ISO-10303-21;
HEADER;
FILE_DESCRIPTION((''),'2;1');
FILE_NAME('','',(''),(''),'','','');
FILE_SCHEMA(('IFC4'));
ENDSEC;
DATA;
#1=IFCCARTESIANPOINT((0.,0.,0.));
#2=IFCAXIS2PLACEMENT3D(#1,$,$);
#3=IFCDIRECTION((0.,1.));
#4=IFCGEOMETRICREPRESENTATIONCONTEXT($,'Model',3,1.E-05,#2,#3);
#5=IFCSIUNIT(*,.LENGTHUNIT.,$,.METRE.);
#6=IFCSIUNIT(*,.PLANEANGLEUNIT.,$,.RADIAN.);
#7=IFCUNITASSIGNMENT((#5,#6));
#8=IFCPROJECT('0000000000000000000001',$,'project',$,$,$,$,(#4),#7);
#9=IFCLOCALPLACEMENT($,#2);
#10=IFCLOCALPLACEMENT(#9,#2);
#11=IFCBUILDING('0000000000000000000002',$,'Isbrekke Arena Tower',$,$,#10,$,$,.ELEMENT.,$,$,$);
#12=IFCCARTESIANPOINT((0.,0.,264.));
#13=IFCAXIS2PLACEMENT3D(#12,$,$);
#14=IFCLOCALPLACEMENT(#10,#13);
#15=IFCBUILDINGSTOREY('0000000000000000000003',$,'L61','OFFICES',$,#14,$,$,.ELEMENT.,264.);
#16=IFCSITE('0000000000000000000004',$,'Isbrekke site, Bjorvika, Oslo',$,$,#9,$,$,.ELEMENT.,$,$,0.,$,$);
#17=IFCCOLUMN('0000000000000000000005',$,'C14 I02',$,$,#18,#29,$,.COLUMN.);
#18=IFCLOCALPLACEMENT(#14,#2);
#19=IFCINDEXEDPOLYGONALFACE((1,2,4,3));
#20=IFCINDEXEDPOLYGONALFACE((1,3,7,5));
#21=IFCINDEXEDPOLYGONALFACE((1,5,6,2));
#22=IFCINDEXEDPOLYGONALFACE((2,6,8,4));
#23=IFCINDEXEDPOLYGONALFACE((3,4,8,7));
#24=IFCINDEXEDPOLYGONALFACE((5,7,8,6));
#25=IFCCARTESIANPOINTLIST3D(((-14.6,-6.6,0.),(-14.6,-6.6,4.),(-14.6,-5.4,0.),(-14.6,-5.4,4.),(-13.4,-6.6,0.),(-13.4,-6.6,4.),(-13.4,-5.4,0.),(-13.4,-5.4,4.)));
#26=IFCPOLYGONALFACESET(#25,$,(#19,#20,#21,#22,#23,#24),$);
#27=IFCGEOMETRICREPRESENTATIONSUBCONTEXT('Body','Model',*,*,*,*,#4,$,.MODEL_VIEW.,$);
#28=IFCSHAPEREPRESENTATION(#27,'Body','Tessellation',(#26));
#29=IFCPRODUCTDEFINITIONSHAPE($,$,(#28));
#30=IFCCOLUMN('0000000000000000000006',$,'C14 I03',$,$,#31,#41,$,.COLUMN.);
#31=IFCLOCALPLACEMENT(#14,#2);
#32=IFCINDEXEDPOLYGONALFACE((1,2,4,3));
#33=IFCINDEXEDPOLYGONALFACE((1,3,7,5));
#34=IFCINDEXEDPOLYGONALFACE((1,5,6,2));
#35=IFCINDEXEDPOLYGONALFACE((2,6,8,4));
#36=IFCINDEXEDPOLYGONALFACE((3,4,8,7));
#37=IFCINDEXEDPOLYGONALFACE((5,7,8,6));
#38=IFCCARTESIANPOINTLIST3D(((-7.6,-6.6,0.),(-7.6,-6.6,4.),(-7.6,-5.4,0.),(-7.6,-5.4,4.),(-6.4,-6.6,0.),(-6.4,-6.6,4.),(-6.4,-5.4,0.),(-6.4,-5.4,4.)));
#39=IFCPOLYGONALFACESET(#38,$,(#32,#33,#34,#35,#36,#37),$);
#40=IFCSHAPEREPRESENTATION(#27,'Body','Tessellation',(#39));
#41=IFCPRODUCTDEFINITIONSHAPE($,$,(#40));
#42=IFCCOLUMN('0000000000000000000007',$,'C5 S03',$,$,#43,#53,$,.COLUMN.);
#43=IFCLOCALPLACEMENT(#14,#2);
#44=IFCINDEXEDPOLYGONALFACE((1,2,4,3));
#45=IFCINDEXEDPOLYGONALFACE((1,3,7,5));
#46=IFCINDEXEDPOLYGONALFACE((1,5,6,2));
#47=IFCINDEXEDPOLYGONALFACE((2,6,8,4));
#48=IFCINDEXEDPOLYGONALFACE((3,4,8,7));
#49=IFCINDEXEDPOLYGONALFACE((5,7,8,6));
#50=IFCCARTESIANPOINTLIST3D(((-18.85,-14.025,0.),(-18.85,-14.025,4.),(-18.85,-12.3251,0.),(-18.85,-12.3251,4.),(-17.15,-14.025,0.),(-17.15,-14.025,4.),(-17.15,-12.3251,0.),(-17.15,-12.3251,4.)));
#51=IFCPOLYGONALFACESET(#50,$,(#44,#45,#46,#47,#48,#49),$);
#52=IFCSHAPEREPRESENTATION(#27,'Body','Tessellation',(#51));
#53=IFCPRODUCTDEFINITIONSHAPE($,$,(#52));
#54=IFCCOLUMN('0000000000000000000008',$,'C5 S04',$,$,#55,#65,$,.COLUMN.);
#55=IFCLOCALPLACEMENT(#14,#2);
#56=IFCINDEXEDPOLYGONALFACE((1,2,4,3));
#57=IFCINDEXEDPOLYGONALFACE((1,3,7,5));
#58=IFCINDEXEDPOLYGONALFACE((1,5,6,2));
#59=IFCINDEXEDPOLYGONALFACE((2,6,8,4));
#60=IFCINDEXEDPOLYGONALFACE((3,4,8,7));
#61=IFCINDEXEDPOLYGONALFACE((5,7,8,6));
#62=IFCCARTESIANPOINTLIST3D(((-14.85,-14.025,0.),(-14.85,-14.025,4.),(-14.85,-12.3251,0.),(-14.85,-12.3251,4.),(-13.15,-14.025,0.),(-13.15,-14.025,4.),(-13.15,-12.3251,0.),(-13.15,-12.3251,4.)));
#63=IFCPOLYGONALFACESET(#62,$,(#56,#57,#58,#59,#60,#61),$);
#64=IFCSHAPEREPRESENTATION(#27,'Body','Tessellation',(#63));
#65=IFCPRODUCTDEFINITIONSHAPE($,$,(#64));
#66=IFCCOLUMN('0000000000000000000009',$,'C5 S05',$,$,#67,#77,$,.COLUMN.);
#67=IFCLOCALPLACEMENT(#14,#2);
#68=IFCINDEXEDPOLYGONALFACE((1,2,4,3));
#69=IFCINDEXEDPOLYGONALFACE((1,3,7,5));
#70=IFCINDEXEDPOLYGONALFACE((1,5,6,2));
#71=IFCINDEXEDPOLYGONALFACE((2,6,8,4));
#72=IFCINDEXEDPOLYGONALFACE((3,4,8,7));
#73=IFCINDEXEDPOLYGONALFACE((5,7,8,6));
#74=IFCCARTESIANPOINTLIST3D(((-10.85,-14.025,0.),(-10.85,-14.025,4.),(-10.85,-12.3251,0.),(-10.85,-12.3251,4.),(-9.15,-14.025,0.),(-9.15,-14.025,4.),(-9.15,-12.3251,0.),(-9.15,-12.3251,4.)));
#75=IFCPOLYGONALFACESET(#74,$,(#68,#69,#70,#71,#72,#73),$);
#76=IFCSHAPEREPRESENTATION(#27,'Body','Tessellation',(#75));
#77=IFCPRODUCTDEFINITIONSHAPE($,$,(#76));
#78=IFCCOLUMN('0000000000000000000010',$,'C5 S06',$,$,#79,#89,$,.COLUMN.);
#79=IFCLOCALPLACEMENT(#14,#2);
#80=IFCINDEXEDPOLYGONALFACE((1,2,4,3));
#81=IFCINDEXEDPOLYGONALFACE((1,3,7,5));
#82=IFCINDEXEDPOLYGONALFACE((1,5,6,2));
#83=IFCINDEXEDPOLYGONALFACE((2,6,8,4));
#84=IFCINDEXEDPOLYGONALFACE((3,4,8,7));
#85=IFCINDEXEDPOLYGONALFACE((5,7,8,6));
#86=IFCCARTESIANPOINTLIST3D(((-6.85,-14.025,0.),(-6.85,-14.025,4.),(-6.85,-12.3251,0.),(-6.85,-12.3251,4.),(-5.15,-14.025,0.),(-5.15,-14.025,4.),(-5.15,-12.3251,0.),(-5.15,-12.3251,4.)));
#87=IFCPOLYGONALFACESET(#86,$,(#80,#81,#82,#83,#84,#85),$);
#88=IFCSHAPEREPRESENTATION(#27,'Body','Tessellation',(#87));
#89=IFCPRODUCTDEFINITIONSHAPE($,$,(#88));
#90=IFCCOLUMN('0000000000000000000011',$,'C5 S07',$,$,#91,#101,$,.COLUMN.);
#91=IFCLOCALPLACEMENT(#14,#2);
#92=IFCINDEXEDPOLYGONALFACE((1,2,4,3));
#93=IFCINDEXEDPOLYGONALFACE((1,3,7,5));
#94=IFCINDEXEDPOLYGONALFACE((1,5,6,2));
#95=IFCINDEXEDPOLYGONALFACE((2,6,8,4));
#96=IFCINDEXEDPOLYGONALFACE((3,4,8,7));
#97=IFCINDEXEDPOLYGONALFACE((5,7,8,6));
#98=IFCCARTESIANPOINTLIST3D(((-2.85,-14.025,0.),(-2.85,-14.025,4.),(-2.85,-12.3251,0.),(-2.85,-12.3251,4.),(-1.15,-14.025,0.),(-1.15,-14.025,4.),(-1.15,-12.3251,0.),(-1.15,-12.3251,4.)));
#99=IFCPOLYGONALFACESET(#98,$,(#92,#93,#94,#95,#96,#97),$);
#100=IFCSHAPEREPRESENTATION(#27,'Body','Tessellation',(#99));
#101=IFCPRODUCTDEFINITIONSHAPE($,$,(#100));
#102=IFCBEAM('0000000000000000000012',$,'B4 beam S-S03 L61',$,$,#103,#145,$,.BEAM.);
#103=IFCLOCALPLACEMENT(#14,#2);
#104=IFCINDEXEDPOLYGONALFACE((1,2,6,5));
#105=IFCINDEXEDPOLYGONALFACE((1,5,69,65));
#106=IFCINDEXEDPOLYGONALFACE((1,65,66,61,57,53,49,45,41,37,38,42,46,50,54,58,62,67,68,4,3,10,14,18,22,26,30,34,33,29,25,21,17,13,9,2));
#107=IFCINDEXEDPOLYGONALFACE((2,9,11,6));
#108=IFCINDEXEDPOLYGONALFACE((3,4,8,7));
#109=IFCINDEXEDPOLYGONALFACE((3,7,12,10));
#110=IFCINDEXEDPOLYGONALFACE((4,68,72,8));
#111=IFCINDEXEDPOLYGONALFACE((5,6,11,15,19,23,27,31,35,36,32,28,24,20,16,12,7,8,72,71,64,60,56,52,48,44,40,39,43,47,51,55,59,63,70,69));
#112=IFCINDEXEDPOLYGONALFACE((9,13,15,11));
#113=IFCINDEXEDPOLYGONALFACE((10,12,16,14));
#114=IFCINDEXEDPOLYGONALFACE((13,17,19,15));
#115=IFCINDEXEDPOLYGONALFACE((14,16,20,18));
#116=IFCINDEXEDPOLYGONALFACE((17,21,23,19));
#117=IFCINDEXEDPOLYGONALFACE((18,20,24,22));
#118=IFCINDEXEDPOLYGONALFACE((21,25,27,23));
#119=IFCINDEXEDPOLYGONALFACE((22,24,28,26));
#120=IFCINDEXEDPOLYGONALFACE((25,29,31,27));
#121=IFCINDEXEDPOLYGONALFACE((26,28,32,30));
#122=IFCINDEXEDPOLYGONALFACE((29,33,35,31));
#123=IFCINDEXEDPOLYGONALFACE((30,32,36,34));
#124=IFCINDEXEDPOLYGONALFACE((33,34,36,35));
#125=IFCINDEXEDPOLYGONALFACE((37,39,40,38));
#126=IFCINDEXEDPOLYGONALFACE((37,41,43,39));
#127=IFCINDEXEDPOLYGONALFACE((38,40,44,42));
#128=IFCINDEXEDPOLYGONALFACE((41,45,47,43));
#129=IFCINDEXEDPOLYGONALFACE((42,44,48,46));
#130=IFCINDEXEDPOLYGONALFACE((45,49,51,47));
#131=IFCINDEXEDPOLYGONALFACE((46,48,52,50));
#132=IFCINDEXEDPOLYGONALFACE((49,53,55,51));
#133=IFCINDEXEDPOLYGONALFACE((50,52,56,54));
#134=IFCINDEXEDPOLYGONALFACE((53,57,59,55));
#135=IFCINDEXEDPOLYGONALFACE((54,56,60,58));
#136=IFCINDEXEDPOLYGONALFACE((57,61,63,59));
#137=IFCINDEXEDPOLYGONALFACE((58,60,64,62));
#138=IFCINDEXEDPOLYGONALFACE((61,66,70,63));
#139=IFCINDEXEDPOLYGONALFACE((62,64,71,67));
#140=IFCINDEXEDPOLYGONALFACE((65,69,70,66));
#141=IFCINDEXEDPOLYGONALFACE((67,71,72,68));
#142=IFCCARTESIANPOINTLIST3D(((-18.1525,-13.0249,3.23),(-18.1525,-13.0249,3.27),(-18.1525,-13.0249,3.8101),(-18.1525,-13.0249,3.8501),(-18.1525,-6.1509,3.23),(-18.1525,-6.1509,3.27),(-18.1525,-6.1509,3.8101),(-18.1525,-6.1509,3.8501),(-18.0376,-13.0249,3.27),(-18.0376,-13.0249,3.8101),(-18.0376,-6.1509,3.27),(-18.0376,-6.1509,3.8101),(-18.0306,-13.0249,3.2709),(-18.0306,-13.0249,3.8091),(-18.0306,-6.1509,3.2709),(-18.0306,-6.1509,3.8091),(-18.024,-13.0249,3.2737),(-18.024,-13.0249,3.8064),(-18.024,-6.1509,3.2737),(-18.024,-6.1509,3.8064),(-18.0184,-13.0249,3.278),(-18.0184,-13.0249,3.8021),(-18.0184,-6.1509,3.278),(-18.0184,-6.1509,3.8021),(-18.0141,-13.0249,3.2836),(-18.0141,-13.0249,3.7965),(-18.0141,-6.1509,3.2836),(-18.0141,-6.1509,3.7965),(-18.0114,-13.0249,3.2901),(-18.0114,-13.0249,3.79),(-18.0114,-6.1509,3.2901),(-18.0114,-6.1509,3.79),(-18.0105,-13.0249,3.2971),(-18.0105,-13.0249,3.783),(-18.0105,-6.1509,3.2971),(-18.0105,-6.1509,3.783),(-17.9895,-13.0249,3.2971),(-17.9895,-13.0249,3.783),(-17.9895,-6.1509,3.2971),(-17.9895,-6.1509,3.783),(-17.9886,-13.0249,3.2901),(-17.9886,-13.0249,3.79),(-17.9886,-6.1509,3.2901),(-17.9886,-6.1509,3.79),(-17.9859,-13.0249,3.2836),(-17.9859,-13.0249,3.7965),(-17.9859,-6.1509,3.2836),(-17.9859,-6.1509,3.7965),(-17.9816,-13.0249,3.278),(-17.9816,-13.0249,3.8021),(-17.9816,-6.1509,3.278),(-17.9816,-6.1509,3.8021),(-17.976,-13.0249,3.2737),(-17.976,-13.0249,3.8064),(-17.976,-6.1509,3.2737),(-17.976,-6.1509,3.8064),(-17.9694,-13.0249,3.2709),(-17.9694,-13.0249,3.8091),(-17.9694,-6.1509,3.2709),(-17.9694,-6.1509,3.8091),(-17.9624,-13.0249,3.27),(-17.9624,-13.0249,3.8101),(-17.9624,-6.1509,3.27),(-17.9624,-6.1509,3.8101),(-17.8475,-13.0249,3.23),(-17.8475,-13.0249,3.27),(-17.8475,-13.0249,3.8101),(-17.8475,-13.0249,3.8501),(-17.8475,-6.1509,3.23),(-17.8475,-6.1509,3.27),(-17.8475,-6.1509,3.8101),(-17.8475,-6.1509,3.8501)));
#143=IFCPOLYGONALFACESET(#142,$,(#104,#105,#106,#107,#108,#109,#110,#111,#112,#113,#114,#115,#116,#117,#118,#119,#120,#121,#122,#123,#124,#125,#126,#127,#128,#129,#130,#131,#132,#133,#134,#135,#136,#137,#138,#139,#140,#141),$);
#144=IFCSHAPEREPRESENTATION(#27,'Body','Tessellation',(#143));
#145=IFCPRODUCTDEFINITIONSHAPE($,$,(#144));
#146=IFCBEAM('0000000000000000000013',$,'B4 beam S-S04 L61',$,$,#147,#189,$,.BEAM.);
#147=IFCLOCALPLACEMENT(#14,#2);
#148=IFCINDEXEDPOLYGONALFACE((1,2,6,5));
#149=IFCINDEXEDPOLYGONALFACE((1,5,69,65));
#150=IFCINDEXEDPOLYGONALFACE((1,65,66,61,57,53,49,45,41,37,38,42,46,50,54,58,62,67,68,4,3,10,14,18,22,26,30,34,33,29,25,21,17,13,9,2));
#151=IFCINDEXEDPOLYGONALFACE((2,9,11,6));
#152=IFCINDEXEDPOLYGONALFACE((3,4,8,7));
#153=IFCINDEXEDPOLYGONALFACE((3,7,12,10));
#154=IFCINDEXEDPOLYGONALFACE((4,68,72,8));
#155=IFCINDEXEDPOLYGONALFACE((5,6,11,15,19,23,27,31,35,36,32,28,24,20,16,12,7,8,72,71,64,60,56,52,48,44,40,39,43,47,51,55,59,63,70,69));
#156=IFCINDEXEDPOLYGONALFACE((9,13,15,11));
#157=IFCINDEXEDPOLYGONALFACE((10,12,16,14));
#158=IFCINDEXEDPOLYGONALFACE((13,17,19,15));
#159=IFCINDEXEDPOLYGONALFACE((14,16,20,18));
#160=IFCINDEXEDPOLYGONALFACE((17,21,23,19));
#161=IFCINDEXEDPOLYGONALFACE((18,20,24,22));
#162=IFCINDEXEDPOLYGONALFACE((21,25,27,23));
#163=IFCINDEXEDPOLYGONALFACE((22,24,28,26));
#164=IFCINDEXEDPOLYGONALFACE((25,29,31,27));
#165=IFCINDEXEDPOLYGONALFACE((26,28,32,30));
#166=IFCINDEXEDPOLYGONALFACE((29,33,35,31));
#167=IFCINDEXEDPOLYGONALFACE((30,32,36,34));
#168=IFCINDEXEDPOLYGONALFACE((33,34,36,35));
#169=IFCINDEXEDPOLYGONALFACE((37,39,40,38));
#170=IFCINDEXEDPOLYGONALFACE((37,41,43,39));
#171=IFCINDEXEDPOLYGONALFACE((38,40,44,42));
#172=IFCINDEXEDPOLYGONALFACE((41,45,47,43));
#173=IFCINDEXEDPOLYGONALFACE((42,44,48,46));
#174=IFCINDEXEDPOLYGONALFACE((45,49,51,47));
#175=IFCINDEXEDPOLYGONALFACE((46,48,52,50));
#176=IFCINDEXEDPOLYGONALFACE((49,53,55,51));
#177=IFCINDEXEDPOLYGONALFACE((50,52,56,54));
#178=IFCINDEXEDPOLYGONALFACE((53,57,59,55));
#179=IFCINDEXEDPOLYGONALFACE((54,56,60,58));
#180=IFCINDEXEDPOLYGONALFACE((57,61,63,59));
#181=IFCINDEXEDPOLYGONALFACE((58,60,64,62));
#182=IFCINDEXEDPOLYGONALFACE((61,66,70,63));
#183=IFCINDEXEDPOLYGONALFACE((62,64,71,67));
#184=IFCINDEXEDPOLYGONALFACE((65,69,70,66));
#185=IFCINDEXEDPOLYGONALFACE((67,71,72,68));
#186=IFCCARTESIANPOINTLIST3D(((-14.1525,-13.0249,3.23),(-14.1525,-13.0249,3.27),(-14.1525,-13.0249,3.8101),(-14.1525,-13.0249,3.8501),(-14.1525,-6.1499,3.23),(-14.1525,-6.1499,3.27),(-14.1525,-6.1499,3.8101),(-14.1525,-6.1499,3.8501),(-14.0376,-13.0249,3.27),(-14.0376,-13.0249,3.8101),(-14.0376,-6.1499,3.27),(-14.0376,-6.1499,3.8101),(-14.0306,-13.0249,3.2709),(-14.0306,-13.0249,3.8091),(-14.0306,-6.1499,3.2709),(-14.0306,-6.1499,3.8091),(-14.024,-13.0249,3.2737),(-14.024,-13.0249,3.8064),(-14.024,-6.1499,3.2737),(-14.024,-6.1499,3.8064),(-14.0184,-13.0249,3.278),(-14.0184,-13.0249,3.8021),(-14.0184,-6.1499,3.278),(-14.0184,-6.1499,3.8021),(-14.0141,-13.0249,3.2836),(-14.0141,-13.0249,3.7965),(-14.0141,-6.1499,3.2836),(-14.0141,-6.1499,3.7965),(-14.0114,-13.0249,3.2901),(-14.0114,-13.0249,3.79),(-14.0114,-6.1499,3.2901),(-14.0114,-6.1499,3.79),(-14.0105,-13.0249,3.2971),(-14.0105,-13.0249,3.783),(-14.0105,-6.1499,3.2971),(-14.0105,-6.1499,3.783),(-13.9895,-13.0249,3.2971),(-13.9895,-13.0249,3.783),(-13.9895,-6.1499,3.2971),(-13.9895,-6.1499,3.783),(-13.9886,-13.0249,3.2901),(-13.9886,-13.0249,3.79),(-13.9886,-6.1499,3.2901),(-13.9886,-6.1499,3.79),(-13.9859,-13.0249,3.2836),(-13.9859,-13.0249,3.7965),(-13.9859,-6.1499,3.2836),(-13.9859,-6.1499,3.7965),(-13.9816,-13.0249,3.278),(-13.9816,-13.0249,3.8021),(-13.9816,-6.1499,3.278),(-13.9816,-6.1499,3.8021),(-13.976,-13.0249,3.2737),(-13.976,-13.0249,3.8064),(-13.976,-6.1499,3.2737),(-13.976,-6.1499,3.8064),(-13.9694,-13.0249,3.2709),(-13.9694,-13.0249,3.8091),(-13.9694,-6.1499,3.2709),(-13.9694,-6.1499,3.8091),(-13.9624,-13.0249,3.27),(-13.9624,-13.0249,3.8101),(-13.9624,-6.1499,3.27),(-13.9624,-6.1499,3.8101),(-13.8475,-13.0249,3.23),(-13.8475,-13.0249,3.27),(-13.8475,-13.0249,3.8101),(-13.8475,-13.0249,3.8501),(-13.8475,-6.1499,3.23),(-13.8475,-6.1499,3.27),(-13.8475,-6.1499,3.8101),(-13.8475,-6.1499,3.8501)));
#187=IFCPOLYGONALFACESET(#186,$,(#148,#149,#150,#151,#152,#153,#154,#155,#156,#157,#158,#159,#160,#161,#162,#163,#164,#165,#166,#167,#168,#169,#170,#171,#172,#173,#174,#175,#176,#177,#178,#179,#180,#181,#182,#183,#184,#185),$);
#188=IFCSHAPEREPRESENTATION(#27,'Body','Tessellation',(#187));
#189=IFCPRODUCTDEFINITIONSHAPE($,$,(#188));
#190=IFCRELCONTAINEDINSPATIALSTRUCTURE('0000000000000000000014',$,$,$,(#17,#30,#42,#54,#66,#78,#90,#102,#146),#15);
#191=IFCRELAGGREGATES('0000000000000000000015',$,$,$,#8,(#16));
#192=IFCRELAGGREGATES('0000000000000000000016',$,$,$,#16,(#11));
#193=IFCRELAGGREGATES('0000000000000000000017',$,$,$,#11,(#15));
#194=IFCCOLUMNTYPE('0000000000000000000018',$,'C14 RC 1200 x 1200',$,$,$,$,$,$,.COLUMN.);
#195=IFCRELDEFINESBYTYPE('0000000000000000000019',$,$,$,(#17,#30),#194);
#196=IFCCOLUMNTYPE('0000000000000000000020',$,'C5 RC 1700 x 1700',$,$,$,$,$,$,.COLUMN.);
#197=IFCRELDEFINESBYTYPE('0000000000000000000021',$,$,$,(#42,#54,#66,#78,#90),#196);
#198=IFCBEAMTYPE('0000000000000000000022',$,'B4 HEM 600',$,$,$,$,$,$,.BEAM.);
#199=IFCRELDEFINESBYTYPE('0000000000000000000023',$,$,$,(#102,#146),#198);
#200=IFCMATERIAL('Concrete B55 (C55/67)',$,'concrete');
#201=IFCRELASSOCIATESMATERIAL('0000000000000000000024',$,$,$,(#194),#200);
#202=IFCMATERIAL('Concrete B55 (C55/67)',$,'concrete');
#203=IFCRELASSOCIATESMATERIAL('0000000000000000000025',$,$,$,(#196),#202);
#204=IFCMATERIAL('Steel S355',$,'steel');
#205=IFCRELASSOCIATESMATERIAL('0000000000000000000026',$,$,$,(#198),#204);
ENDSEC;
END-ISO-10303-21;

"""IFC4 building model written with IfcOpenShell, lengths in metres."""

from ifc_helpers import new_model, si_unit, direction, frame, origin, origin_2d, place, context, subcontext, project, spatial, rectangle, i_section, extrude, material, material_profile, profile_set, type_object, element, save


model = new_model("IFC4")

# Units and contexts
model_context = context("Model", 3, precision=1e-05, world=origin(), true_north=direction((0.0, 1.0)))
body_context = subcontext(model_context, "Body", "Model", "MODEL_VIEW")
ifc_project = project(units=[si_unit("LENGTHUNIT", "METRE"), si_unit("PLANEANGLEUNIT", "RADIAN")], contexts=[model_context])

# Site, building, storey
site_placement = place(None, origin())
site = spatial("IfcSite", under=ifc_project, at=site_placement, Name="Isbrekke site, Bjorvika, Oslo", CompositionType="ELEMENT", RefElevation=0.0)
building_placement = place(site_placement, origin())
building = spatial("IfcBuilding", under=site, at=building_placement, Name="Isbrekke Arena Tower", CompositionType="ELEMENT")
storey_placement = place(building_placement, frame((0.0, 0.0, 264.0)))
storey = spatial("IfcBuildingStorey", under=building, at=storey_placement, Name="L61", Description="OFFICES", CompositionType="ELEMENT", Elevation=264.0)

# Columns
ifc_material_1 = material(Name="Concrete B55 (C55/67)", Category="concrete")
ifc_material_profile_1 = material_profile(ifc_material_1, rectangle(XDim=1.2, YDim=1.2, at=origin_2d()), Name="RC 1200x1200")
ifc_profile_set_1 = profile_set([ifc_material_profile_1], Name="Concrete B55 (C55/67)")
column_type_1 = type_object("IfcColumnType", Name="C14 RC 1200 x 1200", PredefinedType="COLUMN", material=ifc_profile_set_1)
for number, where, z_axis, x_axis, name in (
    (1, (-14.0, -6.0, 0.0), (0.0, 0.0, 1.0), (1.0, 0.0, 0.0), "C14 I02"),
    (2, (-7.0, -6.0, 0.0), (0.0, 0.0, 1.0), (1.0, 0.0, 0.0), "C14 I03"),
):
    element("IfcColumn", number, at=place(storey_placement, frame(where, z_axis=z_axis, x_axis=x_axis)), inside=storey, type_object=column_type_1, Name=name, PredefinedType="COLUMN", context=body_context, shape_type="SweptSolid", body=[
        extrude(rectangle(XDim=1.2, YDim=1.2, at=origin_2d()), origin(), (0.0, 0.0, 1.0), 4.0),
    ])
ifc_material_2 = material(Name="Concrete B55 (C55/67)", Category="concrete")
ifc_material_profile_2 = material_profile(ifc_material_2, rectangle(XDim=1.7, YDim=1.7, at=origin_2d()), Name="RC 1700x1700")
ifc_profile_set_2 = profile_set([ifc_material_profile_2], Name="Concrete B55 (C55/67)")
column_type_2 = type_object("IfcColumnType", Name="C5 RC 1700 x 1700", PredefinedType="COLUMN", material=ifc_profile_set_2)
for number, where, z_axis, x_axis, name in (
    (3, (-18.0, -13.175, 0.0), (0.0, 0.0, 1.0), (1.0, 0.0, 0.0), "C5 S03"),
    (4, (-14.0, -13.175, 0.0), (0.0, 0.0, 1.0), (1.0, 0.0, 0.0), "C5 S04"),
    (5, (-10.0, -13.175, 0.0), (0.0, 0.0, 1.0), (1.0, 0.0, 0.0), "C5 S05"),
    (6, (-6.0, -13.175, 0.0), (0.0, 0.0, 1.0), (1.0, 0.0, 0.0), "C5 S06"),
    (7, (-2.0, -13.175, 0.0), (0.0, 0.0, 1.0), (1.0, 0.0, 0.0), "C5 S07"),
):
    element("IfcColumn", number, at=place(storey_placement, frame(where, z_axis=z_axis, x_axis=x_axis)), inside=storey, type_object=column_type_2, Name=name, PredefinedType="COLUMN", context=body_context, shape_type="SweptSolid", body=[
        extrude(rectangle(XDim=1.7, YDim=1.7, at=origin_2d()), origin(), (0.0, 0.0, 1.0), 4.0),
    ])

# Beams
ifc_material_3 = material(Name="Steel S355", Category="steel")
ifc_material_profile_3 = material_profile(ifc_material_3, i_section(OverallWidth=0.3049, OverallDepth=0.6201, WebThickness=0.021, FlangeThickness=0.04, FilletRadius=0.0271, at=origin_2d()), Name="HEM 600")
ifc_profile_set_3 = profile_set([ifc_material_profile_3], Name="Steel S355")
beam_type_1 = type_object("IfcBeamType", Name="B4 HEM 600", PredefinedType="BEAM", material=ifc_profile_set_3)
beam_1_placement = place(storey_placement, frame((-18.0, -13.0249, 3.54), z_axis=(0.0, 1.0, 0.0), x_axis=(-1.0, 0.0, 0.0)))
element("IfcBeam", 8, at=beam_1_placement, inside=storey, type_object=beam_type_1, Name="B4 beam S-S03 L61", PredefinedType="BEAM", context=body_context, shape_type="SweptSolid", body=[
    extrude(i_section(OverallWidth=0.3049, OverallDepth=0.6201, WebThickness=0.021, FlangeThickness=0.04, FilletRadius=0.0271, at=origin_2d()), origin(), (0.0, 0.0, 1.0), 6.874),
])
beam_2_placement = place(storey_placement, frame((-14.0, -13.0249, 3.54), z_axis=(0.0, 1.0, 0.0), x_axis=(-1.0, 0.0, 0.0)))
element("IfcBeam", 9, at=beam_2_placement, inside=storey, type_object=beam_type_1, Name="B4 beam S-S04 L61", PredefinedType="BEAM", context=body_context, shape_type="SweptSolid", body=[
    extrude(i_section(OverallWidth=0.3049, OverallDepth=0.6201, WebThickness=0.021, FlangeThickness=0.04, FilletRadius=0.0271, at=origin_2d()), origin(), (0.0, 0.0, 1.0), 6.875),
])

save(model, "model.ifc")
